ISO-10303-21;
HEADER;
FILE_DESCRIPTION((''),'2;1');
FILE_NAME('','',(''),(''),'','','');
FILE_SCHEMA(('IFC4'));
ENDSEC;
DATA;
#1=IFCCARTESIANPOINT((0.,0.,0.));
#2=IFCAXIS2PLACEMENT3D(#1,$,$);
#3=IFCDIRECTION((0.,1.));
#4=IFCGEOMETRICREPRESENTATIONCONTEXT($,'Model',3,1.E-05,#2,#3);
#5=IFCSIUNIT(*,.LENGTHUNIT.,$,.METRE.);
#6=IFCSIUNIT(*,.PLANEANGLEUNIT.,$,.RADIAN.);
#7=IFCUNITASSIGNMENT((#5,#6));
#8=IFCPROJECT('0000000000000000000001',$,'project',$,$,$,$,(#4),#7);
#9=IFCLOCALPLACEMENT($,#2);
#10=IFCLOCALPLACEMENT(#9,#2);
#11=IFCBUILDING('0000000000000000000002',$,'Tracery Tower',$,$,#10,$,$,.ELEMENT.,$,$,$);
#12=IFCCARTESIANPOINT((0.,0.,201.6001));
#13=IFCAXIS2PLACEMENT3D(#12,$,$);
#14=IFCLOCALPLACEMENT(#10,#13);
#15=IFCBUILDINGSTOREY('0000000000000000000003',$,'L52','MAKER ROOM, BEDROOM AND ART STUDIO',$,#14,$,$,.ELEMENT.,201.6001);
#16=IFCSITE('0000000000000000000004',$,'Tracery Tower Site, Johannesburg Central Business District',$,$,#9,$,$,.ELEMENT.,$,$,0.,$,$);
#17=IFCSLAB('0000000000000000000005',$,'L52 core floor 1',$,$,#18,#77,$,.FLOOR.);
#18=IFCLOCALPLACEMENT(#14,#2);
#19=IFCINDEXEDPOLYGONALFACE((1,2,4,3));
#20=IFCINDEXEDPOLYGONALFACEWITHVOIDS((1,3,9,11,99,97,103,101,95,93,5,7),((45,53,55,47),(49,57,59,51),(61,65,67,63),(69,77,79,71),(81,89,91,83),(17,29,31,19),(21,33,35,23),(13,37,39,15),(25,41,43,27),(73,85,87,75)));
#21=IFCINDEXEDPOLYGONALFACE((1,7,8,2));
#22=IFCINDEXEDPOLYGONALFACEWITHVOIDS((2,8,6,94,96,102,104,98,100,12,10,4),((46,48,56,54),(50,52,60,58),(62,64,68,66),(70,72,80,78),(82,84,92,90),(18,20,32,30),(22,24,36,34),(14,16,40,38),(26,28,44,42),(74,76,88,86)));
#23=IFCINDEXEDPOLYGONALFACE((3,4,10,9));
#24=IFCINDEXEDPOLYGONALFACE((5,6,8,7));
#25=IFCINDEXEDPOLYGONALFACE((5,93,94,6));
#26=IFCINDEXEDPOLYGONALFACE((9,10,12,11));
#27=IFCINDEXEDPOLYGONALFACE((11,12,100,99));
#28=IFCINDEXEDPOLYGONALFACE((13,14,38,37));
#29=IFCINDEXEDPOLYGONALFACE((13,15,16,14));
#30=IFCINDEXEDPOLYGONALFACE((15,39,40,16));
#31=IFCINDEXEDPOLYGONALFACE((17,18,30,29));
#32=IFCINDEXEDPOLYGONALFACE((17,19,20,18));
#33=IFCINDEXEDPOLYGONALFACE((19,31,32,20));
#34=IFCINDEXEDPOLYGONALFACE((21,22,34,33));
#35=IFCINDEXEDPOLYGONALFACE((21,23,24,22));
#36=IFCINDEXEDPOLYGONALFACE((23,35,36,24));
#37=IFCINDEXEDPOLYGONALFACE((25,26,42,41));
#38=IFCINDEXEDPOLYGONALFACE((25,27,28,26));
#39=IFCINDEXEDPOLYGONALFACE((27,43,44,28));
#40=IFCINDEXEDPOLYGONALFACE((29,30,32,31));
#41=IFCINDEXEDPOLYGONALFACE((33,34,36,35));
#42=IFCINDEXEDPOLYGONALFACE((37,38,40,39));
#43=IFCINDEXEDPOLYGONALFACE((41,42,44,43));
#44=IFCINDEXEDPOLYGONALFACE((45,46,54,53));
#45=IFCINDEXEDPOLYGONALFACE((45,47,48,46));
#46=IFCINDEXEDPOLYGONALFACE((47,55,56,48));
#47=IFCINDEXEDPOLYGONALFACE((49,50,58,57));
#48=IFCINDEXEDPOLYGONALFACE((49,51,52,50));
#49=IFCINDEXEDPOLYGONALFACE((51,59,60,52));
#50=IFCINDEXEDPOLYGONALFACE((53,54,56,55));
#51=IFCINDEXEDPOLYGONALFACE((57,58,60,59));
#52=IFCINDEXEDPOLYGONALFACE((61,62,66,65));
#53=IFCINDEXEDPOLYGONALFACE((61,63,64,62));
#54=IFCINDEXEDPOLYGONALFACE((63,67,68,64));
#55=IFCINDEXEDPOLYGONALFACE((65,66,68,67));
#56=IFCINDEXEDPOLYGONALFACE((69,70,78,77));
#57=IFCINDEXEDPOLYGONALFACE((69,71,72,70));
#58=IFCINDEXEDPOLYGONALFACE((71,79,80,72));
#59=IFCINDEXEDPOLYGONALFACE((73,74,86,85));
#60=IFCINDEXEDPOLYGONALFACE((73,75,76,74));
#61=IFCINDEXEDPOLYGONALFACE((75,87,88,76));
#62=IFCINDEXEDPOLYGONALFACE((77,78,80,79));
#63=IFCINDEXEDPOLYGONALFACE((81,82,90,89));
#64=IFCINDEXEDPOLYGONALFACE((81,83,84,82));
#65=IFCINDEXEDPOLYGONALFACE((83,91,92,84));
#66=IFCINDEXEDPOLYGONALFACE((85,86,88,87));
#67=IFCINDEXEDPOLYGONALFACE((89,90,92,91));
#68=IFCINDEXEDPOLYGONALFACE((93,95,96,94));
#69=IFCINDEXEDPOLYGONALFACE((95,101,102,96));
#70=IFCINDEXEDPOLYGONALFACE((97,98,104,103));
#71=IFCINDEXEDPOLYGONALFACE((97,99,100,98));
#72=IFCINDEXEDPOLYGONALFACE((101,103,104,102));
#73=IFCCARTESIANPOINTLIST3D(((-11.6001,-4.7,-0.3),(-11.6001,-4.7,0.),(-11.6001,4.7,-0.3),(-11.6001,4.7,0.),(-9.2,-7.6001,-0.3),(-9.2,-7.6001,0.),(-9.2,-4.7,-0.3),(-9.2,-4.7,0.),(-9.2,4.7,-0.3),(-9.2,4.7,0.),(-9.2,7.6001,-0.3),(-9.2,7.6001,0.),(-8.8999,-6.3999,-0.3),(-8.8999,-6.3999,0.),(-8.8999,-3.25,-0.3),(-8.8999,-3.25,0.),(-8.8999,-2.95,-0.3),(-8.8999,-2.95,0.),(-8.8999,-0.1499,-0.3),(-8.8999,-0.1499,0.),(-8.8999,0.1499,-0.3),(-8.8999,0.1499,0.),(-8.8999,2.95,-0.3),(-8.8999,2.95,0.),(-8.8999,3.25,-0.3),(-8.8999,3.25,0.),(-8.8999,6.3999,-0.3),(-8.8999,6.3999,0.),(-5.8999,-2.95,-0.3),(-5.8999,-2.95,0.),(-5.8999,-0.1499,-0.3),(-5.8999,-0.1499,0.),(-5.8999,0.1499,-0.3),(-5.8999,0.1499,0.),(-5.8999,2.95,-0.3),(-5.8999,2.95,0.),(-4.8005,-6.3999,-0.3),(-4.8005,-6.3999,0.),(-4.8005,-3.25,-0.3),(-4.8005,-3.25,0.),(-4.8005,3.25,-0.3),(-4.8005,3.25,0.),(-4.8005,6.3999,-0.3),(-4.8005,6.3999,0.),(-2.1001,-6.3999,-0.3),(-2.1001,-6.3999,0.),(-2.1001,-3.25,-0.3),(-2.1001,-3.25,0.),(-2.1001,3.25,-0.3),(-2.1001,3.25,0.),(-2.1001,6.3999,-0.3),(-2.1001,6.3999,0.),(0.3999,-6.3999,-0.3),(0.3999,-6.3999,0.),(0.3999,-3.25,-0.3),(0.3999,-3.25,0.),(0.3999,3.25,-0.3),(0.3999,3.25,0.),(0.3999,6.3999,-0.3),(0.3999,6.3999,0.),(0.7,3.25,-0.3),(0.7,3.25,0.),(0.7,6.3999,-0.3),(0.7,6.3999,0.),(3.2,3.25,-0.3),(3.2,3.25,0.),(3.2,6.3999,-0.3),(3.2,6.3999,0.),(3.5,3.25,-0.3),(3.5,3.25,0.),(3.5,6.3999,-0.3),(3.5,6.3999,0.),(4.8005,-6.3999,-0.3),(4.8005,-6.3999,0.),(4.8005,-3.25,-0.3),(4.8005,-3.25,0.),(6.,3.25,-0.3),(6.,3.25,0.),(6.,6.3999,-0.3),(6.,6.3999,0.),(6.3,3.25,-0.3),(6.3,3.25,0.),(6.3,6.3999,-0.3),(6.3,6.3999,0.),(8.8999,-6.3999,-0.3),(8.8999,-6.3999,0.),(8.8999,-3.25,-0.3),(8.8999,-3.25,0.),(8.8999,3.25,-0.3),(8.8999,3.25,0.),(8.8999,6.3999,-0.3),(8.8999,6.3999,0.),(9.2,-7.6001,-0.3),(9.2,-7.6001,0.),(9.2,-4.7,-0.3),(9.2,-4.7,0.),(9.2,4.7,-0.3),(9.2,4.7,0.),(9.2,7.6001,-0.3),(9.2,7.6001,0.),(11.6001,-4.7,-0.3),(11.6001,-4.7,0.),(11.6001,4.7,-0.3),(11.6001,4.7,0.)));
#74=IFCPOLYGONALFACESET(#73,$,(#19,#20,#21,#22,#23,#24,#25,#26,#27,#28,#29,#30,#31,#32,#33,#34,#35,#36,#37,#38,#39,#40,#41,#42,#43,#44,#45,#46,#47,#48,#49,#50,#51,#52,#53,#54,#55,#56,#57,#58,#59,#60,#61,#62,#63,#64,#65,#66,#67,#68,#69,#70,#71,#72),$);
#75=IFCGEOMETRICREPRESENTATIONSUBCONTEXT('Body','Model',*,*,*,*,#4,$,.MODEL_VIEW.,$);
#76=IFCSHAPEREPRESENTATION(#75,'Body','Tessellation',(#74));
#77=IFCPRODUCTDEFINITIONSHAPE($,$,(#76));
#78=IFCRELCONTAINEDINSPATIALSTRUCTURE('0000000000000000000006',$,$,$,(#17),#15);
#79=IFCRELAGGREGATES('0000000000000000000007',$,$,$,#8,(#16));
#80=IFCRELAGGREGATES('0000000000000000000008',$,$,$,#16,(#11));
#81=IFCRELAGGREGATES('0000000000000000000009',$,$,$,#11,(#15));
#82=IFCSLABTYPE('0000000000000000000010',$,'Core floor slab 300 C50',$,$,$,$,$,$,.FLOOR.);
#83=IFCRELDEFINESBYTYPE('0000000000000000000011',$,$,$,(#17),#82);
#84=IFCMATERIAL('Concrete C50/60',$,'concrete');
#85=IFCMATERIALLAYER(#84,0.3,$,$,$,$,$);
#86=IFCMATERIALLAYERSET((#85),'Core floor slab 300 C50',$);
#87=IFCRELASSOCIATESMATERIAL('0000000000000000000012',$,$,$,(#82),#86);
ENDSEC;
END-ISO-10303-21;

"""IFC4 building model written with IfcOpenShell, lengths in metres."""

from ifc_helpers import new_model, si_unit, direction, frame, origin, place, context, subcontext, project, spatial, polyline, outline, extrude, material, layer, layer_set, type_object, element, save


model = new_model("IFC4")

# Units and contexts
model_context = context("Model", 3, precision=1e-05, world=origin(), true_north=direction((0.0, 1.0)))
body_context = subcontext(model_context, "Body", "Model", "MODEL_VIEW")
ifc_project = project(units=[si_unit("LENGTHUNIT", "METRE"), si_unit("PLANEANGLEUNIT", "RADIAN")], contexts=[model_context])

# Site, building, storey
site_placement = place(None, origin())
site = spatial("IfcSite", under=ifc_project, at=site_placement, Name="Tracery Tower Site, Johannesburg Central Business District", CompositionType="ELEMENT", RefElevation=0.0)
building_placement = place(site_placement, origin())
building = spatial("IfcBuilding", under=site, at=building_placement, Name="Tracery Tower", CompositionType="ELEMENT")
storey_placement = place(building_placement, frame((0.0, 0.0, 201.6001)))
storey = spatial("IfcBuildingStorey", under=building, at=storey_placement, Name="L52", Description="MAKER ROOM, BEDROOM AND ART STUDIO", CompositionType="ELEMENT", Elevation=201.6001)

# Slab
ifc_material_1 = material(Name="Concrete C50/60", Category="concrete")
ifc_layer_1 = layer(ifc_material_1, 0.3)
ifc_layer_set_1 = layer_set([ifc_layer_1], Name="Core floor slab 300 C50")
slab_type_1 = type_object("IfcSlabType", Name="Core floor slab 300 C50", PredefinedType="FLOOR", material=ifc_layer_set_1)
slab_1_placement = place(storey_placement, frame((0.0, 0.0, -0.3)))
element("IfcSlab", 1, at=slab_1_placement, inside=storey, type_object=slab_type_1, Name="L52 core floor 1", PredefinedType="FLOOR", context=body_context, shape_type="SweptSolid", body=[
    extrude(outline(polyline([(-9.2, 7.6001), (9.2, 7.6001), (9.2, 4.7), (11.6001, 4.7), (11.6001, -4.7), (9.2, -4.7), (9.2, -7.6001), (-9.2, -7.6001), (-9.2, -4.7), (-11.6001, -4.7), (-11.6001, 4.7), (-9.2, 4.7), (-9.2, 7.6001)]), holes=[polyline([(4.8005, -6.3999), (8.8999, -6.3999), (8.8999, -3.25), (4.8005, -3.25), (4.8005, -6.3999)]), polyline([(8.8999, 3.25), (8.8999, 6.3999), (6.3, 6.3999), (6.3, 3.25), (8.8999, 3.25)]), polyline([(6.0, 3.25), (6.0, 6.3999), (3.5, 6.3999), (3.5, 3.25), (6.0, 3.25)]), polyline([(3.2, 3.25), (3.2, 6.3999), (0.7, 6.3999), (0.7, 3.25), (3.2, 3.25)]), polyline([(-2.1001, 3.25), (0.3999, 3.25), (0.3999, 6.3999), (-2.1001, 6.3999), (-2.1001, 3.25)]), polyline([(0.3999, -6.3999), (0.3999, -3.25), (-2.1001, -3.25), (-2.1001, -6.3999), (0.3999, -6.3999)]), polyline([(-4.8005, -3.25), (-8.8999, -3.25), (-8.8999, -6.3999), (-4.8005, -6.3999), (-4.8005, -3.25)]), polyline([(-4.8005, 6.3999), (-8.8999, 6.3999), (-8.8999, 3.25), (-4.8005, 3.25), (-4.8005, 6.3999)]), polyline([(-5.8999, -2.95), (-5.8999, -0.1499), (-8.8999, -0.1499), (-8.8999, -2.95), (-5.8999, -2.95)]), polyline([(-5.8999, 0.1499), (-5.8999, 2.95), (-8.8999, 2.95), (-8.8999, 0.1499), (-5.8999, 0.1499)])]), origin(), (0.0, 0.0, 1.0), 0.3),
])

save(model, "model.ifc")
